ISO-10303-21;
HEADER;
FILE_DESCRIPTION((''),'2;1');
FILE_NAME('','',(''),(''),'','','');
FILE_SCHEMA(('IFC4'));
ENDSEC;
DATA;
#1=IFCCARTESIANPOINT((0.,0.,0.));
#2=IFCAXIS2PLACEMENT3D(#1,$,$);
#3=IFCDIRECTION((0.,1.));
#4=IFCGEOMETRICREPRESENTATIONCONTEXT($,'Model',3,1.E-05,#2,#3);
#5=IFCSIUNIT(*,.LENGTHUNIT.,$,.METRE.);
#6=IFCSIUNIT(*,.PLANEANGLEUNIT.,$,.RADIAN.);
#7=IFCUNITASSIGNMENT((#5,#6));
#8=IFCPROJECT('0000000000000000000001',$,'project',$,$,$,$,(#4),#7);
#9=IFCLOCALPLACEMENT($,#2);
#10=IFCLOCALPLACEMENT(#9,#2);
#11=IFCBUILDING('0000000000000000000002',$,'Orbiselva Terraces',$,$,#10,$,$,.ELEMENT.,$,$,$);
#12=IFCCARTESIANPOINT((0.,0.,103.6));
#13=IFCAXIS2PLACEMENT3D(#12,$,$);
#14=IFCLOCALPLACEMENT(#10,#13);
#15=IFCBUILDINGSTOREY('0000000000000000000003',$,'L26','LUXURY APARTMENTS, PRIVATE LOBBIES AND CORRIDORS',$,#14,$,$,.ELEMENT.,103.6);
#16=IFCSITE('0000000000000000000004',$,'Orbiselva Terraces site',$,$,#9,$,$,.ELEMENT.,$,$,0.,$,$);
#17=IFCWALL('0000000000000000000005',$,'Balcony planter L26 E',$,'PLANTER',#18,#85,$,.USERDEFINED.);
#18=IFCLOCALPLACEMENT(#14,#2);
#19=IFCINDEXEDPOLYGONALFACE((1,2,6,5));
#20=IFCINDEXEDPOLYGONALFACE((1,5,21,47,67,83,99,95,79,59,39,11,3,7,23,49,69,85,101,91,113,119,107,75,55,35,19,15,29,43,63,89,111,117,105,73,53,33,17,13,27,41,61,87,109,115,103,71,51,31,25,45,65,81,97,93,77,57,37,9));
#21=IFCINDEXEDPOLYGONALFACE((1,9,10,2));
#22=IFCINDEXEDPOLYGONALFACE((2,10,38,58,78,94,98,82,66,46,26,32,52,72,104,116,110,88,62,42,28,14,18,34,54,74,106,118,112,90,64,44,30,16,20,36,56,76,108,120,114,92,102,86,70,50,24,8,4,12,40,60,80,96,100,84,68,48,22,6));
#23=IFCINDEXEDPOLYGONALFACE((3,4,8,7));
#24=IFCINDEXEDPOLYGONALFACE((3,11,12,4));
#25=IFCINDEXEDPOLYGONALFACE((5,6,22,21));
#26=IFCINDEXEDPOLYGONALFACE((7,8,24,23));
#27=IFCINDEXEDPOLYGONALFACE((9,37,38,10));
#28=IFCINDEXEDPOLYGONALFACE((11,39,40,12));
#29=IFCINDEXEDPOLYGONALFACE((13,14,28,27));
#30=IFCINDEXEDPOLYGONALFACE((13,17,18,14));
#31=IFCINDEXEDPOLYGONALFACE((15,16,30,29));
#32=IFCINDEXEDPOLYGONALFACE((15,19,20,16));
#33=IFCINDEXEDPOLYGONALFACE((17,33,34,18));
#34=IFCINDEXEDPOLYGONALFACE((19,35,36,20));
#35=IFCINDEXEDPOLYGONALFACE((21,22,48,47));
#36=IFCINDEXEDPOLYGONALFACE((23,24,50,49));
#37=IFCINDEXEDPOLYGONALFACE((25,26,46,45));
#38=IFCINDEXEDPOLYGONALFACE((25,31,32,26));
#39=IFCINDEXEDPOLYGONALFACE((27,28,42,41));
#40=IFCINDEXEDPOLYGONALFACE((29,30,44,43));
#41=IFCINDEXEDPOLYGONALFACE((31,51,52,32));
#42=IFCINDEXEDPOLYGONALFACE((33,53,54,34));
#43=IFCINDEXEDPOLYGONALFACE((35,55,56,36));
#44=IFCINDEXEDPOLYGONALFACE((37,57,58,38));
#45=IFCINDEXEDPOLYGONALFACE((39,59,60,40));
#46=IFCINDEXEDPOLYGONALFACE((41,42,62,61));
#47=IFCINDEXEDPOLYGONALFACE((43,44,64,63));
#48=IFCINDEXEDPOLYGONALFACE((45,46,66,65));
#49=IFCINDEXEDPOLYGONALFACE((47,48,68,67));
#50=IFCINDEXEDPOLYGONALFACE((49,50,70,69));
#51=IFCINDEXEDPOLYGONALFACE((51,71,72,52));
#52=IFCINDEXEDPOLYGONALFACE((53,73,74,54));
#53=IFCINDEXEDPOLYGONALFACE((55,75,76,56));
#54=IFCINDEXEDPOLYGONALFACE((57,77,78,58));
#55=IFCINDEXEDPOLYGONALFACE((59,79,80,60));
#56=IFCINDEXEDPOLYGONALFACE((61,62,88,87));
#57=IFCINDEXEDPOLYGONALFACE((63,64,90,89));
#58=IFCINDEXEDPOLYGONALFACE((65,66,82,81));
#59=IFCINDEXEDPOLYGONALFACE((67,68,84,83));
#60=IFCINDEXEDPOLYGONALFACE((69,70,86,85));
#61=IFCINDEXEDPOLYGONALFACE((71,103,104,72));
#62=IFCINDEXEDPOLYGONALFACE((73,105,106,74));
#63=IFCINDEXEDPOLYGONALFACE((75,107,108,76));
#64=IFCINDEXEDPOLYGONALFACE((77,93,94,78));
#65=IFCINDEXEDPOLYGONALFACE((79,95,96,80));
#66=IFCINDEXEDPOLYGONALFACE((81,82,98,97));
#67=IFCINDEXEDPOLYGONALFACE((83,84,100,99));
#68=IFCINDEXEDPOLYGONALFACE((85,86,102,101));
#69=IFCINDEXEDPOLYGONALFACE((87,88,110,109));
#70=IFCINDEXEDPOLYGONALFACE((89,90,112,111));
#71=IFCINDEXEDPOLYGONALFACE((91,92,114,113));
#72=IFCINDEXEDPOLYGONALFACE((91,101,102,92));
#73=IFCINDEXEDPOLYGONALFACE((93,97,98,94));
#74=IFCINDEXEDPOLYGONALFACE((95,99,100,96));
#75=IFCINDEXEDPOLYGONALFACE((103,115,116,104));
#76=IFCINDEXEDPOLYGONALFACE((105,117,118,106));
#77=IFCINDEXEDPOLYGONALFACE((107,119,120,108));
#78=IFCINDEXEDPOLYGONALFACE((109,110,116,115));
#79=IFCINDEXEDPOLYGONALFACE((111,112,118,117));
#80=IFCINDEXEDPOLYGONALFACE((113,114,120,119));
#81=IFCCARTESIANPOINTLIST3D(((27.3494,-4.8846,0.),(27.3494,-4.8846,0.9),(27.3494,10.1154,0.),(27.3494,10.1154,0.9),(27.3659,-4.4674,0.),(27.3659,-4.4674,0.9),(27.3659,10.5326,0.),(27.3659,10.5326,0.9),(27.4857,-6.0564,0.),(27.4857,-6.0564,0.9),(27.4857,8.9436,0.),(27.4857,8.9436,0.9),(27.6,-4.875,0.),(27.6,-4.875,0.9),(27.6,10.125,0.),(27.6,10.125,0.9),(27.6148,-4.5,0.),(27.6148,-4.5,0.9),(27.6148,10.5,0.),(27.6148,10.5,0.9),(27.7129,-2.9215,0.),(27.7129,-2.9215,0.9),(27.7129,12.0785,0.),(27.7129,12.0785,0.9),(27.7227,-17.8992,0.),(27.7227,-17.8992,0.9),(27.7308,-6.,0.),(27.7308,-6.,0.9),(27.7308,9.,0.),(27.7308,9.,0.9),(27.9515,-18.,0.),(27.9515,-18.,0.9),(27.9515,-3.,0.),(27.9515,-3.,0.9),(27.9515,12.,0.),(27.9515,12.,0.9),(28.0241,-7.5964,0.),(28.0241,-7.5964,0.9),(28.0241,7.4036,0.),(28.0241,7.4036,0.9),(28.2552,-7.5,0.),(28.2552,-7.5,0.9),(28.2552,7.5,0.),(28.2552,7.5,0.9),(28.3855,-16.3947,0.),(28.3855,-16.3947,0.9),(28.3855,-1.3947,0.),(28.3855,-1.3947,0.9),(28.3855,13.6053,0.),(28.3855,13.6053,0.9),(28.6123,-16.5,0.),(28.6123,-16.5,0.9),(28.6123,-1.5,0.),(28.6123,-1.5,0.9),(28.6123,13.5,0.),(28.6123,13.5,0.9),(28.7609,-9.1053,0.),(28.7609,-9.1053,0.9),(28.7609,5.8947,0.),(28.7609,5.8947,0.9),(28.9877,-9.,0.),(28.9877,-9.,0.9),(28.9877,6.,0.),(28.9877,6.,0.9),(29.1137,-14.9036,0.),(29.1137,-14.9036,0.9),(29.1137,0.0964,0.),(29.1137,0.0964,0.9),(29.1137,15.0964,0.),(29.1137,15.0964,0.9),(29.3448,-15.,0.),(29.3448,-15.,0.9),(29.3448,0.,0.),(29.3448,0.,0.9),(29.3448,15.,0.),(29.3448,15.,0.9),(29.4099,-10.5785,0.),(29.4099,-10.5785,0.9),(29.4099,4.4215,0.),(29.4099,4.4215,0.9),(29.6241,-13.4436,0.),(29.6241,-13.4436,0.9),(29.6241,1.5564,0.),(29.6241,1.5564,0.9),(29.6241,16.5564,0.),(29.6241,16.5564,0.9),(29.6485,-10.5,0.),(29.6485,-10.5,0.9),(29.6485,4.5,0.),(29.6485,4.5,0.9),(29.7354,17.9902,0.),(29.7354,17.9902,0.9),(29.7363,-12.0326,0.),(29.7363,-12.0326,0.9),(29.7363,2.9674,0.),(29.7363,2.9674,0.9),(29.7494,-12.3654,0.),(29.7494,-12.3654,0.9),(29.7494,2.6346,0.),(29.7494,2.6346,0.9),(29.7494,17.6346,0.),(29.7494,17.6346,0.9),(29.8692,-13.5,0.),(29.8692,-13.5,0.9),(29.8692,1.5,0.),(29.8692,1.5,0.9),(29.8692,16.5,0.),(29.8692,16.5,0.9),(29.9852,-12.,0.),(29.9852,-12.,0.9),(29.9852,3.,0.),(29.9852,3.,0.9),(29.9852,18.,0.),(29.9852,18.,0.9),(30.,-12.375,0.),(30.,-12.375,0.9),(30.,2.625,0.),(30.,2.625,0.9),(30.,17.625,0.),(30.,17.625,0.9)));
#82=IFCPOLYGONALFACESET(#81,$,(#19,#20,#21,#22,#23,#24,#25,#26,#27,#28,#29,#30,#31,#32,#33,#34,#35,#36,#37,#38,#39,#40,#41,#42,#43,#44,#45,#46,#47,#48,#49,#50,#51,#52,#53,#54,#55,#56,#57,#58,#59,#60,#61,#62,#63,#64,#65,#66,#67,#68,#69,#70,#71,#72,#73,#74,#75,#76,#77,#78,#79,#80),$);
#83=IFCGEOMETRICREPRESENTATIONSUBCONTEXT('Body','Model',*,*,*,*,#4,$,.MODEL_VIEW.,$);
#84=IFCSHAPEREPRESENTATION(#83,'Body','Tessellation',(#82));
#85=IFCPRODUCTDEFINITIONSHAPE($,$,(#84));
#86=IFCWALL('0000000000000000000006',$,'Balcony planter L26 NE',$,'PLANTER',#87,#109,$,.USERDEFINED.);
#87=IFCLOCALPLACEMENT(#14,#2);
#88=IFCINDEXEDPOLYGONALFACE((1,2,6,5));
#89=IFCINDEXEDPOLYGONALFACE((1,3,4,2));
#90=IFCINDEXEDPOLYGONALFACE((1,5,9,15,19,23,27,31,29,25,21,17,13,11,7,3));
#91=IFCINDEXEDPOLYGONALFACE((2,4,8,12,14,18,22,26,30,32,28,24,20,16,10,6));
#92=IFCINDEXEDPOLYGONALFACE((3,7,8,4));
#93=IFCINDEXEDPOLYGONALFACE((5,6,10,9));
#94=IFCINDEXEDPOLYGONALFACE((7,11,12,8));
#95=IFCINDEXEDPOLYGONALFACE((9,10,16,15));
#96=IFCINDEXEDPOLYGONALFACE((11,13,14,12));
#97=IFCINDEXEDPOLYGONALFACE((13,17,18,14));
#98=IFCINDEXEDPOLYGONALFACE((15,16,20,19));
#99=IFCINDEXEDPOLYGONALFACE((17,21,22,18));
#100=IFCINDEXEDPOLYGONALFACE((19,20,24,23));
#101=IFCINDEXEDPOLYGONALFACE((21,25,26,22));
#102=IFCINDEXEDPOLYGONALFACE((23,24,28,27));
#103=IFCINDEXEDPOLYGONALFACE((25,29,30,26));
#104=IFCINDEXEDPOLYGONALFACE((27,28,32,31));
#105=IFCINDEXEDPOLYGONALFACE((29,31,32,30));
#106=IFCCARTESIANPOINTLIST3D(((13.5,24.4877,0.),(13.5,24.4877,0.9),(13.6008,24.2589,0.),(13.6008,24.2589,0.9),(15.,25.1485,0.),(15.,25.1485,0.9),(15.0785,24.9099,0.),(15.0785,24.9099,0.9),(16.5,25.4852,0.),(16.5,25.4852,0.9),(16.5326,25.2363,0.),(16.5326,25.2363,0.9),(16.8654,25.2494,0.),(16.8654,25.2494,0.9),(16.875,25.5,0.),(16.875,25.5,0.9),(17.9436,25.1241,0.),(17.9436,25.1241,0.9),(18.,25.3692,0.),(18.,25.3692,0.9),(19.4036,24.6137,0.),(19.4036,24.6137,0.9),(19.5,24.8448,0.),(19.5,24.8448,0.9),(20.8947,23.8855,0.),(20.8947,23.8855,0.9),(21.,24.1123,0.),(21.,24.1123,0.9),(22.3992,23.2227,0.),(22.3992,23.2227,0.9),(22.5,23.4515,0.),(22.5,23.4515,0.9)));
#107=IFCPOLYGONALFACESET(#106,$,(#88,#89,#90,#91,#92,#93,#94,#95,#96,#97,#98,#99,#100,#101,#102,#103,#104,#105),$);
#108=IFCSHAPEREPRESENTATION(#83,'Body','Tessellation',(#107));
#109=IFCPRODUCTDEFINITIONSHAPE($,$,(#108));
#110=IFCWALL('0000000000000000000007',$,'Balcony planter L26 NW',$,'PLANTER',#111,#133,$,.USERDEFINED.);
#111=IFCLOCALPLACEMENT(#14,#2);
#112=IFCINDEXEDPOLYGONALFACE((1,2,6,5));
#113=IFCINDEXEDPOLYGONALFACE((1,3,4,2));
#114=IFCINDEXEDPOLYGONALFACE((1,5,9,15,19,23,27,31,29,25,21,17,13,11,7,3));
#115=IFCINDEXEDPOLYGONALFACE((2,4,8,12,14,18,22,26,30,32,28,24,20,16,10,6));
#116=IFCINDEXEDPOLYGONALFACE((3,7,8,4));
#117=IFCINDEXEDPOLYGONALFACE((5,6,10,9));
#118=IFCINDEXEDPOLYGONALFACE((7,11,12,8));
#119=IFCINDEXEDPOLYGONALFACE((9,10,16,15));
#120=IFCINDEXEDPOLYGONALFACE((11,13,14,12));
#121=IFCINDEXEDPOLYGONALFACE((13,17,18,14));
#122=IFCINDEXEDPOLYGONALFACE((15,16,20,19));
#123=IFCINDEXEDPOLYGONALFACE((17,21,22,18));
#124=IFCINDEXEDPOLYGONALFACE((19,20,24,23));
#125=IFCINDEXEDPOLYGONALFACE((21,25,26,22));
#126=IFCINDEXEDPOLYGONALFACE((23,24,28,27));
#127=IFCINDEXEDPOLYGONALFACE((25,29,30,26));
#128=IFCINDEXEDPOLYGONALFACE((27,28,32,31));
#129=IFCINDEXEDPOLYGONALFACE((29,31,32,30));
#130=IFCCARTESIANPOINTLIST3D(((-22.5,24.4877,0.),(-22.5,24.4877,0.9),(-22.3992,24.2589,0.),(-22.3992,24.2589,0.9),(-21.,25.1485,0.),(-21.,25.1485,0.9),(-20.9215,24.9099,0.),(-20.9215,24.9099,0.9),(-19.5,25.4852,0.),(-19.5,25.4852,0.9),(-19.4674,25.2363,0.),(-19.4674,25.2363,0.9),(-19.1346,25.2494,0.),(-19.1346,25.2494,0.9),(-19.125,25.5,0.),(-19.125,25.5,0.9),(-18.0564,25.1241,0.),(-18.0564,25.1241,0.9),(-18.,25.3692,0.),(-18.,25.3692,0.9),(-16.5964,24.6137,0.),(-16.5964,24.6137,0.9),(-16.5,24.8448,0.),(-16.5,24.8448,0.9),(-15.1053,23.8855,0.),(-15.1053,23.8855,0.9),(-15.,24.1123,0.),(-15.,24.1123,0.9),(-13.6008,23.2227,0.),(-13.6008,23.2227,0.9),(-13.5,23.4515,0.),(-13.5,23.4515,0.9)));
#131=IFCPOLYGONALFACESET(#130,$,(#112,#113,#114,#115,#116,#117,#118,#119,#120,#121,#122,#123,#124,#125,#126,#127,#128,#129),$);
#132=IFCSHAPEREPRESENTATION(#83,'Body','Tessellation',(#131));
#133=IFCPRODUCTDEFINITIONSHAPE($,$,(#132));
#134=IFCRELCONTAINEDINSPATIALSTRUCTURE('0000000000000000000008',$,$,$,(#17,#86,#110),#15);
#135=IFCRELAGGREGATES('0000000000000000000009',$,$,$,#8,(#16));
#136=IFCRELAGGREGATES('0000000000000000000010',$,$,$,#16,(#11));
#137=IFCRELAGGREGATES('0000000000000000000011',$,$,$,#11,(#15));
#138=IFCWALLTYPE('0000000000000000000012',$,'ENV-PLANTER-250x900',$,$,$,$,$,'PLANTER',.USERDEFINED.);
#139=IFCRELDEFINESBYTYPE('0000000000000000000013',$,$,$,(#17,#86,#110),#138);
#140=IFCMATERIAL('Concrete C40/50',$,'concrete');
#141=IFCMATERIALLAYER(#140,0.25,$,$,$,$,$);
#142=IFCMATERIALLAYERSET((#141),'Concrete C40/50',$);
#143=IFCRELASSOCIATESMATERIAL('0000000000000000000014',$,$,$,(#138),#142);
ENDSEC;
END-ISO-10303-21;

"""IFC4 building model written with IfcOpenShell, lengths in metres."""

from ifc_helpers import new_model, si_unit, direction, frame, origin, place, context, subcontext, project, spatial, polyline, outline, extrude, material, layer, layer_set, type_object, element, save


model = new_model("IFC4")

# Units and contexts
model_context = context("Model", 3, precision=1e-05, world=origin(), true_north=direction((0.0, 1.0)))
body_context = subcontext(model_context, "Body", "Model", "MODEL_VIEW")
ifc_project = project(units=[si_unit("LENGTHUNIT", "METRE"), si_unit("PLANEANGLEUNIT", "RADIAN")], contexts=[model_context])

# Site, building, storey
site_placement = place(None, origin())
site = spatial("IfcSite", under=ifc_project, at=site_placement, Name="Orbiselva Terraces site", CompositionType="ELEMENT", RefElevation=0.0)
building_placement = place(site_placement, origin())
building = spatial("IfcBuilding", under=site, at=building_placement, Name="Orbiselva Terraces", CompositionType="ELEMENT")
storey_placement = place(building_placement, frame((0.0, 0.0, 103.6)))
storey = spatial("IfcBuildingStorey", under=building, at=storey_placement, Name="L26", Description="LUXURY APARTMENTS, PRIVATE LOBBIES AND CORRIDORS", CompositionType="ELEMENT", Elevation=103.6)

# Shared definitions
ifc_material_1 = material(Name="Concrete C40/50", Category="concrete")

# Walls
ifc_layer_1 = layer(ifc_material_1, 0.25)
ifc_layer_set_1 = layer_set([ifc_layer_1], Name="Concrete C40/50")
wall_type_1 = type_object("IfcWallType", Name="ENV-PLANTER-250x900", ElementType="PLANTER", PredefinedType="USERDEFINED", material=ifc_layer_set_1)
wall_1_placement = place(storey_placement, origin())
element("IfcWall", 1, at=wall_1_placement, inside=storey, type_object=wall_type_1, Name="Balcony planter L26 E", ObjectType="PLANTER", PredefinedType="USERDEFINED", context=body_context, shape_type="SweptSolid", body=[
    extrude(outline(polyline([(27.9515, -18.0), (28.6123, -16.5), (29.3448, -15.0), (29.8692, -13.5), (30.0, -12.375), (29.9852, -12.0), (29.6485, -10.5), (28.9877, -9.0), (28.2552, -7.5), (27.7308, -6.0), (27.6, -4.875), (27.6148, -4.5), (27.9515, -3.0), (28.6123, -1.5), (29.3448, 0.0), (29.8692, 1.5), (30.0, 2.625), (29.9852, 3.0), (29.6485, 4.5), (28.9877, 6.0), (28.2552, 7.5), (27.7308, 9.0), (27.6, 10.125), (27.6148, 10.5), (27.9515, 12.0), (28.6123, 13.5), (29.3448, 15.0), (29.8692, 16.5), (30.0, 17.625), (29.9852, 18.0), (29.7354, 17.9902), (29.7494, 17.6346), (29.6241, 16.5564), (29.1137, 15.0964), (28.3855, 13.6053), (27.7129, 12.0785), (27.3659, 10.5326), (27.3494, 10.1154), (27.4857, 8.9436), (28.0241, 7.4036), (28.7609, 5.8947), (29.4099, 4.4215), (29.7363, 2.9674), (29.7494, 2.6346), (29.6241, 1.5564), (29.1137, 0.0964), (28.3855, -1.3947), (27.7129, -2.9215), (27.3659, -4.4674), (27.3494, -4.8846), (27.4857, -6.0564), (28.0241, -7.5964), (28.7609, -9.1053), (29.4099, -10.5785), (29.7363, -12.0326), (29.7494, -12.3654), (29.6241, -13.4436), (29.1137, -14.9036), (28.3855, -16.3947), (27.7227, -17.8992), (27.9515, -18.0)])), origin(), (0.0, 0.0, 1.0), 0.9),
])
wall_2_placement = place(storey_placement, origin())
element("IfcWall", 2, at=wall_2_placement, inside=storey, type_object=wall_type_1, Name="Balcony planter L26 NE", ObjectType="PLANTER", PredefinedType="USERDEFINED", context=body_context, shape_type="SweptSolid", body=[
    extrude(outline(polyline([(22.5, 23.4515), (21.0, 24.1123), (19.5, 24.8448), (18.0, 25.3692), (16.875, 25.5), (16.5, 25.4852), (15.0, 25.1485), (13.5, 24.4877), (13.6008, 24.2589), (15.0785, 24.9099), (16.5326, 25.2363), (16.8654, 25.2494), (17.9436, 25.1241), (19.4036, 24.6137), (20.8947, 23.8855), (22.3992, 23.2227), (22.5, 23.4515)])), origin(), (0.0, 0.0, 1.0), 0.9),
])
wall_3_placement = place(storey_placement, origin())
element("IfcWall", 3, at=wall_3_placement, inside=storey, type_object=wall_type_1, Name="Balcony planter L26 NW", ObjectType="PLANTER", PredefinedType="USERDEFINED", context=body_context, shape_type="SweptSolid", body=[
    extrude(outline(polyline([(-13.5, 23.4515), (-15.0, 24.1123), (-16.5, 24.8448), (-18.0, 25.3692), (-19.125, 25.5), (-19.5, 25.4852), (-21.0, 25.1485), (-22.5, 24.4877), (-22.3992, 24.2589), (-20.9215, 24.9099), (-19.4674, 25.2363), (-19.1346, 25.2494), (-18.0564, 25.1241), (-16.5964, 24.6137), (-15.1053, 23.8855), (-13.6008, 23.2227), (-13.5, 23.4515)])), origin(), (0.0, 0.0, 1.0), 0.9),
])

save(model, "model.ifc")
